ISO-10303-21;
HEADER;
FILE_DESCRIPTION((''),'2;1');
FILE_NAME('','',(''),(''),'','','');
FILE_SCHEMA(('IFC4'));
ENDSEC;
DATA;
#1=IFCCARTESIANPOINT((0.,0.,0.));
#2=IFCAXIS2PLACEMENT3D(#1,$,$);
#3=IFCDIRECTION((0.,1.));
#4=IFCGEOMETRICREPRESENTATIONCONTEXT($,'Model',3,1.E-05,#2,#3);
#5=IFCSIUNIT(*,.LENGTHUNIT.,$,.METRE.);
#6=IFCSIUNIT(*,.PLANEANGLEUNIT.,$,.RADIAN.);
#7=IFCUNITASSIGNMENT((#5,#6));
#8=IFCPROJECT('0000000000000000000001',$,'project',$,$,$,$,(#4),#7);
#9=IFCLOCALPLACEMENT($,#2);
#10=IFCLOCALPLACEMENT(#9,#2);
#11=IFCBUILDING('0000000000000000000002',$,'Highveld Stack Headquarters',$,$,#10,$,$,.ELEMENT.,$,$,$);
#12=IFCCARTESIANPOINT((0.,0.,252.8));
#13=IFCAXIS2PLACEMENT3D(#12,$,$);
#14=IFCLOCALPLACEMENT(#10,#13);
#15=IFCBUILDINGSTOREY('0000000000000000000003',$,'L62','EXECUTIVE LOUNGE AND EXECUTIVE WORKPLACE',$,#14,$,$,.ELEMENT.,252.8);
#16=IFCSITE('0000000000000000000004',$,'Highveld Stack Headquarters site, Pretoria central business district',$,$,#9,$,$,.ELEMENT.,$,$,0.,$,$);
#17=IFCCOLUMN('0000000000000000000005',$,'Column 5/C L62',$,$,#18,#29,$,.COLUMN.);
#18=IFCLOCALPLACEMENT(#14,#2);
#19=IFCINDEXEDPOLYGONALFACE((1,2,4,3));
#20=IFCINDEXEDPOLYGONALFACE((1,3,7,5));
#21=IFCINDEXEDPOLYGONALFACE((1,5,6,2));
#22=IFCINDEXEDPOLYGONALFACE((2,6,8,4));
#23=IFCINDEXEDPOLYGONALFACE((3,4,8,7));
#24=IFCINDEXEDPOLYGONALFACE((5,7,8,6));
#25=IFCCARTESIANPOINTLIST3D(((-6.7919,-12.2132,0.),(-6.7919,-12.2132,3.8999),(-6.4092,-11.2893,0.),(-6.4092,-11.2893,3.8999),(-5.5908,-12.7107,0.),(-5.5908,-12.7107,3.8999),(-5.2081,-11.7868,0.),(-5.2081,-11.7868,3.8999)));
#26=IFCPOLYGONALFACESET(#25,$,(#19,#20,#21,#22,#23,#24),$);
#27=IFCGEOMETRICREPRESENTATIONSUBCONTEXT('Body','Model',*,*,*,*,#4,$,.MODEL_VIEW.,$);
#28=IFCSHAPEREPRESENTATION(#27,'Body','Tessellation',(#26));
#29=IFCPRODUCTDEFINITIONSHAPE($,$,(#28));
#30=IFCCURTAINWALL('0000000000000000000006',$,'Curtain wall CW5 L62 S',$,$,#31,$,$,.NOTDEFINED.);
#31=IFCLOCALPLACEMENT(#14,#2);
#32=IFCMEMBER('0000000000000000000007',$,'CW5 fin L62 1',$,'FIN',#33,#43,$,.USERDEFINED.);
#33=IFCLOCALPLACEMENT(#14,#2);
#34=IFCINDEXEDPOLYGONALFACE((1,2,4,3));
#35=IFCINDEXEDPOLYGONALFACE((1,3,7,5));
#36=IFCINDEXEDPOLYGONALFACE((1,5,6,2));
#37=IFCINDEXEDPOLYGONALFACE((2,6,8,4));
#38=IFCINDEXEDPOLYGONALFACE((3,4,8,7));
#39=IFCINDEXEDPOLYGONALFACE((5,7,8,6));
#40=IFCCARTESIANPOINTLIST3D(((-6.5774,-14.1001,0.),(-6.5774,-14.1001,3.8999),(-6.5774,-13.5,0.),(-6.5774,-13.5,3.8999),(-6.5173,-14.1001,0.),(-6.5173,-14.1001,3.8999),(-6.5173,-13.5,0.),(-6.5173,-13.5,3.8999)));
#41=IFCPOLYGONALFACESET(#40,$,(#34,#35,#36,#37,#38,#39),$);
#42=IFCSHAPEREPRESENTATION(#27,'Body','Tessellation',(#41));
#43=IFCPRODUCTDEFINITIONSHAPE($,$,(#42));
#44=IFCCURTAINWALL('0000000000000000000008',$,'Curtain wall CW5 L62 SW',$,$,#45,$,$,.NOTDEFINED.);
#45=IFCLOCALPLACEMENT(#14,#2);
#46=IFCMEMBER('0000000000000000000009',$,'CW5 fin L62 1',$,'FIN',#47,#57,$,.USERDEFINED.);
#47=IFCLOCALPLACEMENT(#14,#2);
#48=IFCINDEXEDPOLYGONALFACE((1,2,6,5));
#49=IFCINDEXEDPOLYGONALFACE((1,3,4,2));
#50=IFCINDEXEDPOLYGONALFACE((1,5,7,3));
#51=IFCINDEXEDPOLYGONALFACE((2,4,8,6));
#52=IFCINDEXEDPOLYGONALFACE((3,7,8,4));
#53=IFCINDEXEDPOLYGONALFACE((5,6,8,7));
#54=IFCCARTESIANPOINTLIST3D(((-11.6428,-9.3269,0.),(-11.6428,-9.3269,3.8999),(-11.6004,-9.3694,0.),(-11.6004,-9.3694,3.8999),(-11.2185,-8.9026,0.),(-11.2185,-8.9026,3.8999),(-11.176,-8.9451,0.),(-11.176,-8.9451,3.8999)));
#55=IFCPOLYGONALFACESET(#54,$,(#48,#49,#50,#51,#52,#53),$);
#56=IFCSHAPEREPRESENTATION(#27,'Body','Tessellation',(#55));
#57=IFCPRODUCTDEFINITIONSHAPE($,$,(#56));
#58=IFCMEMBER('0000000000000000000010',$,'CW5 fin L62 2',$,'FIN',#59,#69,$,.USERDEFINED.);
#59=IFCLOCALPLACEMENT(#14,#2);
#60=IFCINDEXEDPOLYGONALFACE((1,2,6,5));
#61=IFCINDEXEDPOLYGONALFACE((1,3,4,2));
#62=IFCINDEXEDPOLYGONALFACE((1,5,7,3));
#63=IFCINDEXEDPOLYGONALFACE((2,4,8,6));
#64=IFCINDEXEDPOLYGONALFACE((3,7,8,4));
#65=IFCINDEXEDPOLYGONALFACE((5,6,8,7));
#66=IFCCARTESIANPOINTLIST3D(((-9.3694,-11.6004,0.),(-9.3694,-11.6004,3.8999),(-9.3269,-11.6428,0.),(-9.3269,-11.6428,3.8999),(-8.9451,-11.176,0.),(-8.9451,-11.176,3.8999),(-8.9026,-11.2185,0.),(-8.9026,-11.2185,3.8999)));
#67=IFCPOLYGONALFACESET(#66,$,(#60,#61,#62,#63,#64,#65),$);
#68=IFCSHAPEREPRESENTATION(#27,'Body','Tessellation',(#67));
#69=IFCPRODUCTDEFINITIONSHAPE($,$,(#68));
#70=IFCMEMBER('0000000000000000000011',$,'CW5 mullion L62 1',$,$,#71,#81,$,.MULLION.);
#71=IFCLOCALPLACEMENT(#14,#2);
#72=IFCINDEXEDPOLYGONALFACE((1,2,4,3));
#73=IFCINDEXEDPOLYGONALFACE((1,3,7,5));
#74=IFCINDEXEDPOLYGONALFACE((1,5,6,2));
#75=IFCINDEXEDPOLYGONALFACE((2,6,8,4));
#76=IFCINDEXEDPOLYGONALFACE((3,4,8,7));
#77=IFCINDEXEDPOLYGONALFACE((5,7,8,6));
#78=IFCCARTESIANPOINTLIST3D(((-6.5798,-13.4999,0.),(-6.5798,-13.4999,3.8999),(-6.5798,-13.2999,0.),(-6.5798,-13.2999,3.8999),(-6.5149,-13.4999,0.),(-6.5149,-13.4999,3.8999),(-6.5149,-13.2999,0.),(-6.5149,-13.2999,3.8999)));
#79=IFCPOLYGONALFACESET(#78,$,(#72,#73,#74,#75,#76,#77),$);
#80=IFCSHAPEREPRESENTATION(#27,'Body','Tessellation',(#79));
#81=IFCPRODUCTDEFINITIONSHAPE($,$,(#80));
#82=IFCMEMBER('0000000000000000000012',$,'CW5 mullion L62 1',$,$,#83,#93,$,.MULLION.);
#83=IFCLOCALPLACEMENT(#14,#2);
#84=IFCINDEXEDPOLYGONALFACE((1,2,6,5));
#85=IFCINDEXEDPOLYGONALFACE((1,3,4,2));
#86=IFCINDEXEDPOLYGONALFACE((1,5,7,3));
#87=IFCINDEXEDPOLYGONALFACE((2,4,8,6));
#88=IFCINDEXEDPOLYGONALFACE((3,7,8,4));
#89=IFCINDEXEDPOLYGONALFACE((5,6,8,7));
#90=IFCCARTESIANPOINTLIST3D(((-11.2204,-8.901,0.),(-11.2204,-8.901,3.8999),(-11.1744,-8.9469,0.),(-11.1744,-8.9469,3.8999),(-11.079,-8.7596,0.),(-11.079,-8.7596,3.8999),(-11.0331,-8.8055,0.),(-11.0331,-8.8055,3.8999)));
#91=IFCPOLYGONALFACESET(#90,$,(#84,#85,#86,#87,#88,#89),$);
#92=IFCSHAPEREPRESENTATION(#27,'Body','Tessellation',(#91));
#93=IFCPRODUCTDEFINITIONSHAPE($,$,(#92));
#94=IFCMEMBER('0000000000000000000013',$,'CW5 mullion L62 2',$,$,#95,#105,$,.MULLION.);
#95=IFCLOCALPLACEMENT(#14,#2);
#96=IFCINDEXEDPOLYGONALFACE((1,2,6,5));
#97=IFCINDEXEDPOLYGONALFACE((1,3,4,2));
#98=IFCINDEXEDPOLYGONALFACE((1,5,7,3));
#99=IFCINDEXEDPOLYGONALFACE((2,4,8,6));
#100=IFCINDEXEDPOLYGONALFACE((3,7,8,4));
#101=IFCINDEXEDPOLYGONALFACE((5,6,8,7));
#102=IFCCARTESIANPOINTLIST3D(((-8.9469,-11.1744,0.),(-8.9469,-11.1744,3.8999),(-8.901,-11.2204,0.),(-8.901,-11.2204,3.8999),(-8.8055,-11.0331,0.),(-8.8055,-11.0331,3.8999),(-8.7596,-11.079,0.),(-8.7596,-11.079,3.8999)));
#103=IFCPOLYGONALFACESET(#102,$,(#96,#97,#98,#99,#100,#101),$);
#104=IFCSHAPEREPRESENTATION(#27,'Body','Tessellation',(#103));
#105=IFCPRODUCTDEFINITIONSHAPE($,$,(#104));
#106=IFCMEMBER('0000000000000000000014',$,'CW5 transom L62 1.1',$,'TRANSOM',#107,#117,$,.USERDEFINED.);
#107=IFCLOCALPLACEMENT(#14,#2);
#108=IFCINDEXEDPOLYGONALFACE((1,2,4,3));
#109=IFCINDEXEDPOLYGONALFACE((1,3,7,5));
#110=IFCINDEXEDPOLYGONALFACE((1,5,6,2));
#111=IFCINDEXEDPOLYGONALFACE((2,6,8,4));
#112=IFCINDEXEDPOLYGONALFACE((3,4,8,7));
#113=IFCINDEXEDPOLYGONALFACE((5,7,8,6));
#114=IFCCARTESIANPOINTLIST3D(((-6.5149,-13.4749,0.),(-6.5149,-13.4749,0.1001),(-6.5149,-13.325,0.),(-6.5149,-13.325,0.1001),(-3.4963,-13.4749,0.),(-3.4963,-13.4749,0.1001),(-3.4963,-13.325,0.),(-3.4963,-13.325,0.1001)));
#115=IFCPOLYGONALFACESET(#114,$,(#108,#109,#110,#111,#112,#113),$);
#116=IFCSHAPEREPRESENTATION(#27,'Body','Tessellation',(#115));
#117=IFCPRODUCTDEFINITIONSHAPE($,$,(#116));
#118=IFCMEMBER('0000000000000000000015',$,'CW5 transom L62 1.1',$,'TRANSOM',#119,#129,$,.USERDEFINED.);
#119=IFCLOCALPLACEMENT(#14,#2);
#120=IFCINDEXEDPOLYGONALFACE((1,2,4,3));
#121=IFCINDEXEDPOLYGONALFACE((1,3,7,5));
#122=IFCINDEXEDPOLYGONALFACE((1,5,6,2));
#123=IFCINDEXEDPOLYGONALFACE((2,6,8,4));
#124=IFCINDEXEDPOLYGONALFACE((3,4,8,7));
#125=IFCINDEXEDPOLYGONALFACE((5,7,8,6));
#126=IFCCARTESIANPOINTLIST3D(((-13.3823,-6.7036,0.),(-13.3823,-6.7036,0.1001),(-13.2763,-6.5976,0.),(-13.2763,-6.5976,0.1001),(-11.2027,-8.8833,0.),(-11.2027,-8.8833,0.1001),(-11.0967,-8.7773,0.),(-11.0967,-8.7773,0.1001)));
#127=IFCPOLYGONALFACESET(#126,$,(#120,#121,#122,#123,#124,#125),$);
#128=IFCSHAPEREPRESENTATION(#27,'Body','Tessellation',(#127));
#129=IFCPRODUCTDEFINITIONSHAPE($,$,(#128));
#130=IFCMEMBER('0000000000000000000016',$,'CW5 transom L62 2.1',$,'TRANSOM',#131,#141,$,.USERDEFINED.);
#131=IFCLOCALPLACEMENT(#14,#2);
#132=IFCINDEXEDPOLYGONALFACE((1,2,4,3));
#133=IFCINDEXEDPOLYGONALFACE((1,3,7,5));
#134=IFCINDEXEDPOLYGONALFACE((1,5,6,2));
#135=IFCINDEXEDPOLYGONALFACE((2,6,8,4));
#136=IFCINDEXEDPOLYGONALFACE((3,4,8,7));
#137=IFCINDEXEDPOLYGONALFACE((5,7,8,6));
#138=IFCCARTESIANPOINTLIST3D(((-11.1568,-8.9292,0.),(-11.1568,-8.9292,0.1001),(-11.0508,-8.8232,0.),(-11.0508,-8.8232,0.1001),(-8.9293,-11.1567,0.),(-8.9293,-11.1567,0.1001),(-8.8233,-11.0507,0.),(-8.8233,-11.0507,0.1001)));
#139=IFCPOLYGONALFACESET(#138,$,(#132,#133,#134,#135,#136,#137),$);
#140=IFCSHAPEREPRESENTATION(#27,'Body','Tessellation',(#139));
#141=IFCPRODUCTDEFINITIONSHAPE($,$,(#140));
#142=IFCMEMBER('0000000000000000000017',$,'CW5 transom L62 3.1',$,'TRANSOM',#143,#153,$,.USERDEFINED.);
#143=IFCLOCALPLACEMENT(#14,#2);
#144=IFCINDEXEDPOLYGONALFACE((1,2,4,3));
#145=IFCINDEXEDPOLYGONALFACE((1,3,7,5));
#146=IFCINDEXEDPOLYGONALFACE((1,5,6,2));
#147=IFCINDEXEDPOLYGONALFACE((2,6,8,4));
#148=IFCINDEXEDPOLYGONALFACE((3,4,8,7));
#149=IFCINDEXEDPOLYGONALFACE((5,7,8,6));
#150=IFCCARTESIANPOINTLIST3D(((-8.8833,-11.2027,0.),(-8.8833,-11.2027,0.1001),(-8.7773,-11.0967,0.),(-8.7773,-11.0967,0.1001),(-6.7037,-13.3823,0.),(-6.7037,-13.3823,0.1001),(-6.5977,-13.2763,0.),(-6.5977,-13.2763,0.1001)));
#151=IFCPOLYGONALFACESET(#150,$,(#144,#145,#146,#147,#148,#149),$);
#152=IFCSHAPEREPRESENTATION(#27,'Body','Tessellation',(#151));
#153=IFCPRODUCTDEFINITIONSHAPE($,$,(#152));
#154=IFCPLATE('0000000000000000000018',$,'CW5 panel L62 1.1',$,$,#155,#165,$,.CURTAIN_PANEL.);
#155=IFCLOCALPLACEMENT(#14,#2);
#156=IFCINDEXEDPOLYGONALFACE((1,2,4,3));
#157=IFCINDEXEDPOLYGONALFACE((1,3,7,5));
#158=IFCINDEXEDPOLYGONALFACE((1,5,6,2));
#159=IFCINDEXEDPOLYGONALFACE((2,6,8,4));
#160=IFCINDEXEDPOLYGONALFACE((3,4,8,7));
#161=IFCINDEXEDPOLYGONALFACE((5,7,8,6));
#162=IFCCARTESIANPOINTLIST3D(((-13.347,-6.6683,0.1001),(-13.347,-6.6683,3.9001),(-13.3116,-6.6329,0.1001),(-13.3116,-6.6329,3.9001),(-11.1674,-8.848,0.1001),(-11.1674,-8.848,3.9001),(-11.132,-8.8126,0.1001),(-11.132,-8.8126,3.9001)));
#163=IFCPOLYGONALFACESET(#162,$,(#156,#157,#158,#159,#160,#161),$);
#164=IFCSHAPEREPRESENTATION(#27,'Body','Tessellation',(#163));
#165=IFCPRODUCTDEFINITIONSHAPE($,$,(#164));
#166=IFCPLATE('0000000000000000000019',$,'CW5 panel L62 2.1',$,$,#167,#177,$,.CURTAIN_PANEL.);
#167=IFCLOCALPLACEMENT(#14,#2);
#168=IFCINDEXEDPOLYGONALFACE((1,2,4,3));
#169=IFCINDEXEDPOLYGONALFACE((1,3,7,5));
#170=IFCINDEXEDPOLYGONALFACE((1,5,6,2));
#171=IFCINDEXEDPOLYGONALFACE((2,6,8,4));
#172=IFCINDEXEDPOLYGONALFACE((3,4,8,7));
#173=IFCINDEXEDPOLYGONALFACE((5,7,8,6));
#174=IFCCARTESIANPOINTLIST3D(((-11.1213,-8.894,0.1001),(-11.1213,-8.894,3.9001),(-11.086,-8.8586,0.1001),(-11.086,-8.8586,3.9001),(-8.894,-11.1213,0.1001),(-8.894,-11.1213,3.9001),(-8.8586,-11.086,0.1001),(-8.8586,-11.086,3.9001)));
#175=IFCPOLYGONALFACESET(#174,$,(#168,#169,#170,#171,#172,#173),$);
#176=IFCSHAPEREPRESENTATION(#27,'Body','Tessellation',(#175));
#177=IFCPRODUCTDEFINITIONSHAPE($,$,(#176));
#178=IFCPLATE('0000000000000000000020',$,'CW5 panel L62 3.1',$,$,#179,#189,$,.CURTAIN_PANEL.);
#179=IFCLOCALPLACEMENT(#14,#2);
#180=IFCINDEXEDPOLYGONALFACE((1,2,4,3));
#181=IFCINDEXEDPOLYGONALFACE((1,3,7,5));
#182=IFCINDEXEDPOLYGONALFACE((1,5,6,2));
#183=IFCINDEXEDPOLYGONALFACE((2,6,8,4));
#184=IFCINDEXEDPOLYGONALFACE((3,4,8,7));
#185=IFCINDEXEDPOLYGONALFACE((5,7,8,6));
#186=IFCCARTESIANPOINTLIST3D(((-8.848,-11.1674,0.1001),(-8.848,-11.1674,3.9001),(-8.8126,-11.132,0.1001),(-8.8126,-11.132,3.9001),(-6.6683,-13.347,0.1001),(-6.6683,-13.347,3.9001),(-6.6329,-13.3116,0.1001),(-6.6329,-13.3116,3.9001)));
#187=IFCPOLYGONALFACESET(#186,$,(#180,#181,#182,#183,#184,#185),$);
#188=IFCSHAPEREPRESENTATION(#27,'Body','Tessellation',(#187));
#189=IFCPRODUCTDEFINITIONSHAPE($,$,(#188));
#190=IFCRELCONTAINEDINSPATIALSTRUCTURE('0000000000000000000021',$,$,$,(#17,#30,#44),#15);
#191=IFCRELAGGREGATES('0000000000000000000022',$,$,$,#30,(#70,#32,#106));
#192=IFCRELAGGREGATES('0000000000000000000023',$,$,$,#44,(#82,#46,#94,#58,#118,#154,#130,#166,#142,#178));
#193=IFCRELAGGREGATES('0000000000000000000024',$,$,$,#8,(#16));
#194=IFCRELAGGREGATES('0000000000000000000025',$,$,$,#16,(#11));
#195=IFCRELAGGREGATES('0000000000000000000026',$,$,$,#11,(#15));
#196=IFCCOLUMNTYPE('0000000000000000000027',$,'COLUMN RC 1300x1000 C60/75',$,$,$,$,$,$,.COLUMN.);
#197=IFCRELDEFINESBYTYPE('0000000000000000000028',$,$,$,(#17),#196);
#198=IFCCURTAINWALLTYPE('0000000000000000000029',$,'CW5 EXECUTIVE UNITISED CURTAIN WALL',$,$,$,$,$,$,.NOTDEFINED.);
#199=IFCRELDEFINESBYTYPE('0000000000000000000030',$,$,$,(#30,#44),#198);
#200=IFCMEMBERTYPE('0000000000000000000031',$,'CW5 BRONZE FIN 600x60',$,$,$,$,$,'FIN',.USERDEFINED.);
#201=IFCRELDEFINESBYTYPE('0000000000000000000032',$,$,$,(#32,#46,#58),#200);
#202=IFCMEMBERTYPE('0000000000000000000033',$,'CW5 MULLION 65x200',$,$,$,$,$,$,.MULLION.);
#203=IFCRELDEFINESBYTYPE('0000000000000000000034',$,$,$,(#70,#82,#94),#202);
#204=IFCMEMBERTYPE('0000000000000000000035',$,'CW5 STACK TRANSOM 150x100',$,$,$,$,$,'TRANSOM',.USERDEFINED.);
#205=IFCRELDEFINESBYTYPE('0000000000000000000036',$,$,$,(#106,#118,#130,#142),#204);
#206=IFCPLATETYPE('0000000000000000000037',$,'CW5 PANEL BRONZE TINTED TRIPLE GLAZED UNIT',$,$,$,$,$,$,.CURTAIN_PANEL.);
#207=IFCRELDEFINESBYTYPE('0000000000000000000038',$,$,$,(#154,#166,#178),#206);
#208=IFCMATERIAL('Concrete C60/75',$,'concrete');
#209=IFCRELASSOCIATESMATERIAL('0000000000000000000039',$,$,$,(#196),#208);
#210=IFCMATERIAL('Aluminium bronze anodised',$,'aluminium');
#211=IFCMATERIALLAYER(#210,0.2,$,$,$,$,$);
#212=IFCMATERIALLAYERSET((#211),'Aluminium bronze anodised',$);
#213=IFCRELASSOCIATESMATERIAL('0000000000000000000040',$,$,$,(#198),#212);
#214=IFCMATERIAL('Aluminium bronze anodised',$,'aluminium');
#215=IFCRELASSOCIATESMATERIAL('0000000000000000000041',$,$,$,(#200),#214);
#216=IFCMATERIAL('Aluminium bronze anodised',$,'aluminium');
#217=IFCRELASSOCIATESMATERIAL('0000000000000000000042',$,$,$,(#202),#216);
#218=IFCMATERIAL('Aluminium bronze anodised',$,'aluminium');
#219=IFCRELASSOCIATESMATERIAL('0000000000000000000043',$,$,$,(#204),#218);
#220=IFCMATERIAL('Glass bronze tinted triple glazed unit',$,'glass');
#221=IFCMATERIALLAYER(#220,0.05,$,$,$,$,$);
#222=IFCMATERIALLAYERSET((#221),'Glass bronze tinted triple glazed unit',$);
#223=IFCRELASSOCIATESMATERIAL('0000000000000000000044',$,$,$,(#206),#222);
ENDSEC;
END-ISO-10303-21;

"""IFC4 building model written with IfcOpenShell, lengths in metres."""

from ifc_helpers import new_model, si_unit, direction, frame, origin, origin_2d, place, context, subcontext, project, spatial, rectangle, extrude, material, layer, layer_set, material_profile, profile_set, type_object, element, aggregate, save


model = new_model("IFC4")

# Units and contexts
model_context = context("Model", 3, precision=1e-05, world=origin(), true_north=direction((0.0, 1.0)))
body_context = subcontext(model_context, "Body", "Model", "MODEL_VIEW")
ifc_project = project(units=[si_unit("LENGTHUNIT", "METRE"), si_unit("PLANEANGLEUNIT", "RADIAN")], contexts=[model_context])

# Site, building, storey
site_placement = place(None, origin())
site = spatial("IfcSite", under=ifc_project, at=site_placement, Name="Highveld Stack Headquarters site, Pretoria central business district", CompositionType="ELEMENT", RefElevation=0.0)
building_placement = place(site_placement, origin())
building = spatial("IfcBuilding", under=site, at=building_placement, Name="Highveld Stack Headquarters", CompositionType="ELEMENT")
storey_placement = place(building_placement, frame((0.0, 0.0, 252.8)))
storey = spatial("IfcBuildingStorey", under=building, at=storey_placement, Name="L62", Description="EXECUTIVE LOUNGE AND EXECUTIVE WORKPLACE", CompositionType="ELEMENT", Elevation=252.8)

# Column
ifc_material_1 = material(Name="Concrete C60/75", Category="concrete")
ifc_material_profile_1 = material_profile(ifc_material_1, rectangle(XDim=1.3, YDim=1.0, at=origin_2d()), Name="RC 1300x1000")
ifc_profile_set_1 = profile_set([ifc_material_profile_1], Name="Concrete C60/75")
column_type = type_object("IfcColumnType", Name="COLUMN RC 1300x1000 C60/75", PredefinedType="COLUMN", material=ifc_profile_set_1)
column_placement = place(storey_placement, frame((-6.0, -12.0, 0.0), z_axis=(0.0, 0.0, 1.0), x_axis=(-0.92388, 0.382683, 0.0)))
element("IfcColumn", 1, at=column_placement, inside=storey, type_object=column_type, Name="Column 5/C L62", PredefinedType="COLUMN", context=body_context, shape_type="SweptSolid", body=[
    extrude(rectangle(XDim=1.3, YDim=1.0, at=origin_2d()), origin(), (0.0, 0.0, 1.0), 3.8999),
])

# Curtain wall, member
ifc_material_2 = material(Name="Aluminium bronze anodised", Category="aluminium")
ifc_layer_1 = layer(ifc_material_2, 0.2)
ifc_layer_set_1 = layer_set([ifc_layer_1], Name="Aluminium bronze anodised")
curtain_wall_type = type_object("IfcCurtainWallType", Name="CW5 EXECUTIVE UNITISED CURTAIN WALL", PredefinedType="NOTDEFINED", material=ifc_layer_set_1)
curtain_wall_1_placement = place(storey_placement, origin())
curtain_wall_1 = element("IfcCurtainWall", 2, at=curtain_wall_1_placement, inside=storey, type_object=curtain_wall_type, Name="Curtain wall CW5 L62 S", PredefinedType="NOTDEFINED")
ifc_material_3 = material(Name="Aluminium bronze anodised", Category="aluminium")
ifc_material_profile_2 = material_profile(ifc_material_3, rectangle(XDim=0.6001, YDim=0.0601, at=origin_2d()), Name="FIN 600x60")
ifc_profile_set_2 = profile_set([ifc_material_profile_2], Name="Aluminium bronze anodised")
member_type_1 = type_object("IfcMemberType", Name="CW5 BRONZE FIN 600x60", ElementType="FIN", PredefinedType="USERDEFINED", material=ifc_profile_set_2)
member_1_placement = place(storey_placement, frame((-6.5474, -13.8, 0.0), z_axis=(0.0, 0.0, 1.0), x_axis=(0.0, 1.0, 0.0)))
member_1 = element("IfcMember", 3, at=member_1_placement, type_object=member_type_1, Name="CW5 fin L62 1", ObjectType="FIN", PredefinedType="USERDEFINED", context=body_context, shape_type="SweptSolid", body=[
    extrude(rectangle(XDim=0.6001, YDim=0.0601, at=origin_2d()), origin(), (0.0, 0.0, 1.0), 3.8999),
])

# Curtain wall, members
curtain_wall_2_placement = place(storey_placement, origin())
curtain_wall_2 = element("IfcCurtainWall", 4, at=curtain_wall_2_placement, inside=storey, type_object=curtain_wall_type, Name="Curtain wall CW5 L62 SW", PredefinedType="NOTDEFINED")
member_2_placement = place(storey_placement, frame((-11.4094, -9.136, 0.0), z_axis=(0.0, 0.0, 1.0), x_axis=(0.707107, 0.707107, 0.0)))
member_2 = element("IfcMember", 5, at=member_2_placement, type_object=member_type_1, Name="CW5 fin L62 1", ObjectType="FIN", PredefinedType="USERDEFINED", context=body_context, shape_type="SweptSolid", body=[
    extrude(rectangle(XDim=0.6001, YDim=0.0601, at=origin_2d()), origin(), (0.0, 0.0, 1.0), 3.8999),
])
member_3_placement = place(storey_placement, frame((-9.136, -11.4094, 0.0), z_axis=(0.0, 0.0, 1.0), x_axis=(0.707107, 0.707107, 0.0)))
member_3 = element("IfcMember", 6, at=member_3_placement, type_object=member_type_1, Name="CW5 fin L62 2", ObjectType="FIN", PredefinedType="USERDEFINED", context=body_context, shape_type="SweptSolid", body=[
    extrude(rectangle(XDim=0.6001, YDim=0.0601, at=origin_2d()), origin(), (0.0, 0.0, 1.0), 3.8999),
])

# Members
ifc_material_4 = material(Name="Aluminium bronze anodised", Category="aluminium")
ifc_material_profile_3 = material_profile(ifc_material_4, rectangle(XDim=0.2, YDim=0.0649, at=origin_2d()), Name="CW5 MULLION 65x200")
ifc_profile_set_3 = profile_set([ifc_material_profile_3], Name="Aluminium bronze anodised")
member_type_2 = type_object("IfcMemberType", Name="CW5 MULLION 65x200", PredefinedType="MULLION", material=ifc_profile_set_3)
member_4_placement = place(storey_placement, frame((-6.5474, -13.3999, 0.0), z_axis=(0.0, 0.0, 1.0), x_axis=(0.0, 1.0, 0.0)))
member_4 = element("IfcMember", 7, at=member_4_placement, type_object=member_type_2, Name="CW5 mullion L62 1", PredefinedType="MULLION", context=body_context, shape_type="SweptSolid", body=[
    extrude(rectangle(XDim=0.2, YDim=0.0649, at=origin_2d()), origin(), (0.0, 0.0, 1.0), 3.8999),
])
member_5_placement = place(storey_placement, frame((-11.1267, -8.8533, 0.0), z_axis=(0.0, 0.0, 1.0), x_axis=(0.707107, 0.707107, 0.0)))
member_5 = element("IfcMember", 8, at=member_5_placement, type_object=member_type_2, Name="CW5 mullion L62 1", PredefinedType="MULLION", context=body_context, shape_type="SweptSolid", body=[
    extrude(rectangle(XDim=0.2, YDim=0.0649, at=origin_2d()), origin(), (0.0, 0.0, 1.0), 3.8999),
])
member_6_placement = place(storey_placement, frame((-8.8533, -11.1267, 0.0), z_axis=(0.0, 0.0, 1.0), x_axis=(0.707107, 0.707107, 0.0)))
member_6 = element("IfcMember", 9, at=member_6_placement, type_object=member_type_2, Name="CW5 mullion L62 2", PredefinedType="MULLION", context=body_context, shape_type="SweptSolid", body=[
    extrude(rectangle(XDim=0.2, YDim=0.0649, at=origin_2d()), origin(), (0.0, 0.0, 1.0), 3.8999),
])
ifc_material_5 = material(Name="Aluminium bronze anodised", Category="aluminium")
ifc_material_profile_4 = material_profile(ifc_material_5, rectangle(XDim=0.1499, YDim=0.1001, at=origin_2d()), Name="CW5 TRANSOM 150x100")
ifc_profile_set_4 = profile_set([ifc_material_profile_4], Name="Aluminium bronze anodised")
member_type_3 = type_object("IfcMemberType", Name="CW5 STACK TRANSOM 150x100", ElementType="TRANSOM", PredefinedType="USERDEFINED", material=ifc_profile_set_4)
member_7_placement = place(storey_placement, frame((-6.5149, -13.3999, 0.05), z_axis=(1.0, 0.0, 0.0), x_axis=(0.0, 1.0, 0.0)))
member_7 = element("IfcMember", 10, at=member_7_placement, type_object=member_type_3, Name="CW5 transom L62 1.1", ObjectType="TRANSOM", PredefinedType="USERDEFINED", context=body_context, shape_type="SweptSolid", body=[
    extrude(rectangle(XDim=0.1499, YDim=0.1001, at=origin_2d()), origin(), (0.0, 0.0, 1.0), 3.0186),
])
aggregate(curtain_wall_1, [member_4, member_1, member_7])
member_8_placement = place(storey_placement, frame((-13.3293, -6.6506, 0.05), z_axis=(0.707107, -0.707107, 0.0), x_axis=(0.707107, 0.707107, 0.0)))
member_8 = element("IfcMember", 11, at=member_8_placement, type_object=member_type_3, Name="CW5 transom L62 1.1", ObjectType="TRANSOM", PredefinedType="USERDEFINED", context=body_context, shape_type="SweptSolid", body=[
    extrude(rectangle(XDim=0.1499, YDim=0.1001, at=origin_2d()), origin(), (0.0, 0.0, 1.0), 3.0825),
])
member_9_placement = place(storey_placement, frame((-11.1038, -8.8762, 0.05), z_axis=(0.707107, -0.707107, 0.0), x_axis=(0.707107, 0.707107, 0.0)))
member_9 = element("IfcMember", 12, at=member_9_placement, type_object=member_type_3, Name="CW5 transom L62 2.1", ObjectType="TRANSOM", PredefinedType="USERDEFINED", context=body_context, shape_type="SweptSolid", body=[
    extrude(rectangle(XDim=0.1499, YDim=0.1001, at=origin_2d()), origin(), (0.0, 0.0, 1.0), 3.1501),
])
member_10_placement = place(storey_placement, frame((-8.8303, -11.1497, 0.05), z_axis=(0.707107, -0.707107, 0.0), x_axis=(0.707107, 0.707107, 0.0)))
member_10 = element("IfcMember", 13, at=member_10_placement, type_object=member_type_3, Name="CW5 transom L62 3.1", ObjectType="TRANSOM", PredefinedType="USERDEFINED", context=body_context, shape_type="SweptSolid", body=[
    extrude(rectangle(XDim=0.1499, YDim=0.1001, at=origin_2d()), origin(), (0.0, 0.0, 1.0), 3.0825),
])

# Plates
ifc_material_6 = material(Name="Glass bronze tinted triple glazed unit", Category="glass")
ifc_layer_2 = layer(ifc_material_6, 0.05)
ifc_layer_set_2 = layer_set([ifc_layer_2], Name="Glass bronze tinted triple glazed unit")
plate_type = type_object("IfcPlateType", Name="CW5 PANEL BRONZE TINTED TRIPLE GLAZED UNIT", PredefinedType="CURTAIN_PANEL", material=ifc_layer_set_2)
plate_1_placement = place(storey_placement, frame((-12.2395, -7.7405, 0.1001), z_axis=(0.0, 0.0, 1.0), x_axis=(0.707107, -0.707107, 0.0)))
plate_1 = element("IfcPlate", 14, at=plate_1_placement, type_object=plate_type, Name="CW5 panel L62 1.1", PredefinedType="CURTAIN_PANEL", context=body_context, shape_type="SweptSolid", body=[
    extrude(rectangle(XDim=3.0825, YDim=0.05, at=origin_2d()), origin(), (0.0, 0.0, 1.0), 3.8),
])
plate_2_placement = place(storey_placement, frame((-9.99, -9.99, 0.1001), z_axis=(0.0, 0.0, 1.0), x_axis=(0.707107, -0.707107, 0.0)))
plate_2 = element("IfcPlate", 15, at=plate_2_placement, type_object=plate_type, Name="CW5 panel L62 2.1", PredefinedType="CURTAIN_PANEL", context=body_context, shape_type="SweptSolid", body=[
    extrude(rectangle(XDim=3.1499, YDim=0.05, at=origin_2d()), origin(), (0.0, 0.0, 1.0), 3.8),
])
plate_3_placement = place(storey_placement, frame((-7.7405, -12.2395, 0.1001), z_axis=(0.0, 0.0, 1.0), x_axis=(0.707107, -0.707107, 0.0)))
plate_3 = element("IfcPlate", 16, at=plate_3_placement, type_object=plate_type, Name="CW5 panel L62 3.1", PredefinedType="CURTAIN_PANEL", context=body_context, shape_type="SweptSolid", body=[
    extrude(rectangle(XDim=3.0825, YDim=0.05, at=origin_2d()), origin(), (0.0, 0.0, 1.0), 3.8),
])
aggregate(curtain_wall_2, [member_5, member_2, member_6, member_3, member_8, plate_1, member_9, plate_2, member_10, plate_3])

save(model, "model.ifc")
